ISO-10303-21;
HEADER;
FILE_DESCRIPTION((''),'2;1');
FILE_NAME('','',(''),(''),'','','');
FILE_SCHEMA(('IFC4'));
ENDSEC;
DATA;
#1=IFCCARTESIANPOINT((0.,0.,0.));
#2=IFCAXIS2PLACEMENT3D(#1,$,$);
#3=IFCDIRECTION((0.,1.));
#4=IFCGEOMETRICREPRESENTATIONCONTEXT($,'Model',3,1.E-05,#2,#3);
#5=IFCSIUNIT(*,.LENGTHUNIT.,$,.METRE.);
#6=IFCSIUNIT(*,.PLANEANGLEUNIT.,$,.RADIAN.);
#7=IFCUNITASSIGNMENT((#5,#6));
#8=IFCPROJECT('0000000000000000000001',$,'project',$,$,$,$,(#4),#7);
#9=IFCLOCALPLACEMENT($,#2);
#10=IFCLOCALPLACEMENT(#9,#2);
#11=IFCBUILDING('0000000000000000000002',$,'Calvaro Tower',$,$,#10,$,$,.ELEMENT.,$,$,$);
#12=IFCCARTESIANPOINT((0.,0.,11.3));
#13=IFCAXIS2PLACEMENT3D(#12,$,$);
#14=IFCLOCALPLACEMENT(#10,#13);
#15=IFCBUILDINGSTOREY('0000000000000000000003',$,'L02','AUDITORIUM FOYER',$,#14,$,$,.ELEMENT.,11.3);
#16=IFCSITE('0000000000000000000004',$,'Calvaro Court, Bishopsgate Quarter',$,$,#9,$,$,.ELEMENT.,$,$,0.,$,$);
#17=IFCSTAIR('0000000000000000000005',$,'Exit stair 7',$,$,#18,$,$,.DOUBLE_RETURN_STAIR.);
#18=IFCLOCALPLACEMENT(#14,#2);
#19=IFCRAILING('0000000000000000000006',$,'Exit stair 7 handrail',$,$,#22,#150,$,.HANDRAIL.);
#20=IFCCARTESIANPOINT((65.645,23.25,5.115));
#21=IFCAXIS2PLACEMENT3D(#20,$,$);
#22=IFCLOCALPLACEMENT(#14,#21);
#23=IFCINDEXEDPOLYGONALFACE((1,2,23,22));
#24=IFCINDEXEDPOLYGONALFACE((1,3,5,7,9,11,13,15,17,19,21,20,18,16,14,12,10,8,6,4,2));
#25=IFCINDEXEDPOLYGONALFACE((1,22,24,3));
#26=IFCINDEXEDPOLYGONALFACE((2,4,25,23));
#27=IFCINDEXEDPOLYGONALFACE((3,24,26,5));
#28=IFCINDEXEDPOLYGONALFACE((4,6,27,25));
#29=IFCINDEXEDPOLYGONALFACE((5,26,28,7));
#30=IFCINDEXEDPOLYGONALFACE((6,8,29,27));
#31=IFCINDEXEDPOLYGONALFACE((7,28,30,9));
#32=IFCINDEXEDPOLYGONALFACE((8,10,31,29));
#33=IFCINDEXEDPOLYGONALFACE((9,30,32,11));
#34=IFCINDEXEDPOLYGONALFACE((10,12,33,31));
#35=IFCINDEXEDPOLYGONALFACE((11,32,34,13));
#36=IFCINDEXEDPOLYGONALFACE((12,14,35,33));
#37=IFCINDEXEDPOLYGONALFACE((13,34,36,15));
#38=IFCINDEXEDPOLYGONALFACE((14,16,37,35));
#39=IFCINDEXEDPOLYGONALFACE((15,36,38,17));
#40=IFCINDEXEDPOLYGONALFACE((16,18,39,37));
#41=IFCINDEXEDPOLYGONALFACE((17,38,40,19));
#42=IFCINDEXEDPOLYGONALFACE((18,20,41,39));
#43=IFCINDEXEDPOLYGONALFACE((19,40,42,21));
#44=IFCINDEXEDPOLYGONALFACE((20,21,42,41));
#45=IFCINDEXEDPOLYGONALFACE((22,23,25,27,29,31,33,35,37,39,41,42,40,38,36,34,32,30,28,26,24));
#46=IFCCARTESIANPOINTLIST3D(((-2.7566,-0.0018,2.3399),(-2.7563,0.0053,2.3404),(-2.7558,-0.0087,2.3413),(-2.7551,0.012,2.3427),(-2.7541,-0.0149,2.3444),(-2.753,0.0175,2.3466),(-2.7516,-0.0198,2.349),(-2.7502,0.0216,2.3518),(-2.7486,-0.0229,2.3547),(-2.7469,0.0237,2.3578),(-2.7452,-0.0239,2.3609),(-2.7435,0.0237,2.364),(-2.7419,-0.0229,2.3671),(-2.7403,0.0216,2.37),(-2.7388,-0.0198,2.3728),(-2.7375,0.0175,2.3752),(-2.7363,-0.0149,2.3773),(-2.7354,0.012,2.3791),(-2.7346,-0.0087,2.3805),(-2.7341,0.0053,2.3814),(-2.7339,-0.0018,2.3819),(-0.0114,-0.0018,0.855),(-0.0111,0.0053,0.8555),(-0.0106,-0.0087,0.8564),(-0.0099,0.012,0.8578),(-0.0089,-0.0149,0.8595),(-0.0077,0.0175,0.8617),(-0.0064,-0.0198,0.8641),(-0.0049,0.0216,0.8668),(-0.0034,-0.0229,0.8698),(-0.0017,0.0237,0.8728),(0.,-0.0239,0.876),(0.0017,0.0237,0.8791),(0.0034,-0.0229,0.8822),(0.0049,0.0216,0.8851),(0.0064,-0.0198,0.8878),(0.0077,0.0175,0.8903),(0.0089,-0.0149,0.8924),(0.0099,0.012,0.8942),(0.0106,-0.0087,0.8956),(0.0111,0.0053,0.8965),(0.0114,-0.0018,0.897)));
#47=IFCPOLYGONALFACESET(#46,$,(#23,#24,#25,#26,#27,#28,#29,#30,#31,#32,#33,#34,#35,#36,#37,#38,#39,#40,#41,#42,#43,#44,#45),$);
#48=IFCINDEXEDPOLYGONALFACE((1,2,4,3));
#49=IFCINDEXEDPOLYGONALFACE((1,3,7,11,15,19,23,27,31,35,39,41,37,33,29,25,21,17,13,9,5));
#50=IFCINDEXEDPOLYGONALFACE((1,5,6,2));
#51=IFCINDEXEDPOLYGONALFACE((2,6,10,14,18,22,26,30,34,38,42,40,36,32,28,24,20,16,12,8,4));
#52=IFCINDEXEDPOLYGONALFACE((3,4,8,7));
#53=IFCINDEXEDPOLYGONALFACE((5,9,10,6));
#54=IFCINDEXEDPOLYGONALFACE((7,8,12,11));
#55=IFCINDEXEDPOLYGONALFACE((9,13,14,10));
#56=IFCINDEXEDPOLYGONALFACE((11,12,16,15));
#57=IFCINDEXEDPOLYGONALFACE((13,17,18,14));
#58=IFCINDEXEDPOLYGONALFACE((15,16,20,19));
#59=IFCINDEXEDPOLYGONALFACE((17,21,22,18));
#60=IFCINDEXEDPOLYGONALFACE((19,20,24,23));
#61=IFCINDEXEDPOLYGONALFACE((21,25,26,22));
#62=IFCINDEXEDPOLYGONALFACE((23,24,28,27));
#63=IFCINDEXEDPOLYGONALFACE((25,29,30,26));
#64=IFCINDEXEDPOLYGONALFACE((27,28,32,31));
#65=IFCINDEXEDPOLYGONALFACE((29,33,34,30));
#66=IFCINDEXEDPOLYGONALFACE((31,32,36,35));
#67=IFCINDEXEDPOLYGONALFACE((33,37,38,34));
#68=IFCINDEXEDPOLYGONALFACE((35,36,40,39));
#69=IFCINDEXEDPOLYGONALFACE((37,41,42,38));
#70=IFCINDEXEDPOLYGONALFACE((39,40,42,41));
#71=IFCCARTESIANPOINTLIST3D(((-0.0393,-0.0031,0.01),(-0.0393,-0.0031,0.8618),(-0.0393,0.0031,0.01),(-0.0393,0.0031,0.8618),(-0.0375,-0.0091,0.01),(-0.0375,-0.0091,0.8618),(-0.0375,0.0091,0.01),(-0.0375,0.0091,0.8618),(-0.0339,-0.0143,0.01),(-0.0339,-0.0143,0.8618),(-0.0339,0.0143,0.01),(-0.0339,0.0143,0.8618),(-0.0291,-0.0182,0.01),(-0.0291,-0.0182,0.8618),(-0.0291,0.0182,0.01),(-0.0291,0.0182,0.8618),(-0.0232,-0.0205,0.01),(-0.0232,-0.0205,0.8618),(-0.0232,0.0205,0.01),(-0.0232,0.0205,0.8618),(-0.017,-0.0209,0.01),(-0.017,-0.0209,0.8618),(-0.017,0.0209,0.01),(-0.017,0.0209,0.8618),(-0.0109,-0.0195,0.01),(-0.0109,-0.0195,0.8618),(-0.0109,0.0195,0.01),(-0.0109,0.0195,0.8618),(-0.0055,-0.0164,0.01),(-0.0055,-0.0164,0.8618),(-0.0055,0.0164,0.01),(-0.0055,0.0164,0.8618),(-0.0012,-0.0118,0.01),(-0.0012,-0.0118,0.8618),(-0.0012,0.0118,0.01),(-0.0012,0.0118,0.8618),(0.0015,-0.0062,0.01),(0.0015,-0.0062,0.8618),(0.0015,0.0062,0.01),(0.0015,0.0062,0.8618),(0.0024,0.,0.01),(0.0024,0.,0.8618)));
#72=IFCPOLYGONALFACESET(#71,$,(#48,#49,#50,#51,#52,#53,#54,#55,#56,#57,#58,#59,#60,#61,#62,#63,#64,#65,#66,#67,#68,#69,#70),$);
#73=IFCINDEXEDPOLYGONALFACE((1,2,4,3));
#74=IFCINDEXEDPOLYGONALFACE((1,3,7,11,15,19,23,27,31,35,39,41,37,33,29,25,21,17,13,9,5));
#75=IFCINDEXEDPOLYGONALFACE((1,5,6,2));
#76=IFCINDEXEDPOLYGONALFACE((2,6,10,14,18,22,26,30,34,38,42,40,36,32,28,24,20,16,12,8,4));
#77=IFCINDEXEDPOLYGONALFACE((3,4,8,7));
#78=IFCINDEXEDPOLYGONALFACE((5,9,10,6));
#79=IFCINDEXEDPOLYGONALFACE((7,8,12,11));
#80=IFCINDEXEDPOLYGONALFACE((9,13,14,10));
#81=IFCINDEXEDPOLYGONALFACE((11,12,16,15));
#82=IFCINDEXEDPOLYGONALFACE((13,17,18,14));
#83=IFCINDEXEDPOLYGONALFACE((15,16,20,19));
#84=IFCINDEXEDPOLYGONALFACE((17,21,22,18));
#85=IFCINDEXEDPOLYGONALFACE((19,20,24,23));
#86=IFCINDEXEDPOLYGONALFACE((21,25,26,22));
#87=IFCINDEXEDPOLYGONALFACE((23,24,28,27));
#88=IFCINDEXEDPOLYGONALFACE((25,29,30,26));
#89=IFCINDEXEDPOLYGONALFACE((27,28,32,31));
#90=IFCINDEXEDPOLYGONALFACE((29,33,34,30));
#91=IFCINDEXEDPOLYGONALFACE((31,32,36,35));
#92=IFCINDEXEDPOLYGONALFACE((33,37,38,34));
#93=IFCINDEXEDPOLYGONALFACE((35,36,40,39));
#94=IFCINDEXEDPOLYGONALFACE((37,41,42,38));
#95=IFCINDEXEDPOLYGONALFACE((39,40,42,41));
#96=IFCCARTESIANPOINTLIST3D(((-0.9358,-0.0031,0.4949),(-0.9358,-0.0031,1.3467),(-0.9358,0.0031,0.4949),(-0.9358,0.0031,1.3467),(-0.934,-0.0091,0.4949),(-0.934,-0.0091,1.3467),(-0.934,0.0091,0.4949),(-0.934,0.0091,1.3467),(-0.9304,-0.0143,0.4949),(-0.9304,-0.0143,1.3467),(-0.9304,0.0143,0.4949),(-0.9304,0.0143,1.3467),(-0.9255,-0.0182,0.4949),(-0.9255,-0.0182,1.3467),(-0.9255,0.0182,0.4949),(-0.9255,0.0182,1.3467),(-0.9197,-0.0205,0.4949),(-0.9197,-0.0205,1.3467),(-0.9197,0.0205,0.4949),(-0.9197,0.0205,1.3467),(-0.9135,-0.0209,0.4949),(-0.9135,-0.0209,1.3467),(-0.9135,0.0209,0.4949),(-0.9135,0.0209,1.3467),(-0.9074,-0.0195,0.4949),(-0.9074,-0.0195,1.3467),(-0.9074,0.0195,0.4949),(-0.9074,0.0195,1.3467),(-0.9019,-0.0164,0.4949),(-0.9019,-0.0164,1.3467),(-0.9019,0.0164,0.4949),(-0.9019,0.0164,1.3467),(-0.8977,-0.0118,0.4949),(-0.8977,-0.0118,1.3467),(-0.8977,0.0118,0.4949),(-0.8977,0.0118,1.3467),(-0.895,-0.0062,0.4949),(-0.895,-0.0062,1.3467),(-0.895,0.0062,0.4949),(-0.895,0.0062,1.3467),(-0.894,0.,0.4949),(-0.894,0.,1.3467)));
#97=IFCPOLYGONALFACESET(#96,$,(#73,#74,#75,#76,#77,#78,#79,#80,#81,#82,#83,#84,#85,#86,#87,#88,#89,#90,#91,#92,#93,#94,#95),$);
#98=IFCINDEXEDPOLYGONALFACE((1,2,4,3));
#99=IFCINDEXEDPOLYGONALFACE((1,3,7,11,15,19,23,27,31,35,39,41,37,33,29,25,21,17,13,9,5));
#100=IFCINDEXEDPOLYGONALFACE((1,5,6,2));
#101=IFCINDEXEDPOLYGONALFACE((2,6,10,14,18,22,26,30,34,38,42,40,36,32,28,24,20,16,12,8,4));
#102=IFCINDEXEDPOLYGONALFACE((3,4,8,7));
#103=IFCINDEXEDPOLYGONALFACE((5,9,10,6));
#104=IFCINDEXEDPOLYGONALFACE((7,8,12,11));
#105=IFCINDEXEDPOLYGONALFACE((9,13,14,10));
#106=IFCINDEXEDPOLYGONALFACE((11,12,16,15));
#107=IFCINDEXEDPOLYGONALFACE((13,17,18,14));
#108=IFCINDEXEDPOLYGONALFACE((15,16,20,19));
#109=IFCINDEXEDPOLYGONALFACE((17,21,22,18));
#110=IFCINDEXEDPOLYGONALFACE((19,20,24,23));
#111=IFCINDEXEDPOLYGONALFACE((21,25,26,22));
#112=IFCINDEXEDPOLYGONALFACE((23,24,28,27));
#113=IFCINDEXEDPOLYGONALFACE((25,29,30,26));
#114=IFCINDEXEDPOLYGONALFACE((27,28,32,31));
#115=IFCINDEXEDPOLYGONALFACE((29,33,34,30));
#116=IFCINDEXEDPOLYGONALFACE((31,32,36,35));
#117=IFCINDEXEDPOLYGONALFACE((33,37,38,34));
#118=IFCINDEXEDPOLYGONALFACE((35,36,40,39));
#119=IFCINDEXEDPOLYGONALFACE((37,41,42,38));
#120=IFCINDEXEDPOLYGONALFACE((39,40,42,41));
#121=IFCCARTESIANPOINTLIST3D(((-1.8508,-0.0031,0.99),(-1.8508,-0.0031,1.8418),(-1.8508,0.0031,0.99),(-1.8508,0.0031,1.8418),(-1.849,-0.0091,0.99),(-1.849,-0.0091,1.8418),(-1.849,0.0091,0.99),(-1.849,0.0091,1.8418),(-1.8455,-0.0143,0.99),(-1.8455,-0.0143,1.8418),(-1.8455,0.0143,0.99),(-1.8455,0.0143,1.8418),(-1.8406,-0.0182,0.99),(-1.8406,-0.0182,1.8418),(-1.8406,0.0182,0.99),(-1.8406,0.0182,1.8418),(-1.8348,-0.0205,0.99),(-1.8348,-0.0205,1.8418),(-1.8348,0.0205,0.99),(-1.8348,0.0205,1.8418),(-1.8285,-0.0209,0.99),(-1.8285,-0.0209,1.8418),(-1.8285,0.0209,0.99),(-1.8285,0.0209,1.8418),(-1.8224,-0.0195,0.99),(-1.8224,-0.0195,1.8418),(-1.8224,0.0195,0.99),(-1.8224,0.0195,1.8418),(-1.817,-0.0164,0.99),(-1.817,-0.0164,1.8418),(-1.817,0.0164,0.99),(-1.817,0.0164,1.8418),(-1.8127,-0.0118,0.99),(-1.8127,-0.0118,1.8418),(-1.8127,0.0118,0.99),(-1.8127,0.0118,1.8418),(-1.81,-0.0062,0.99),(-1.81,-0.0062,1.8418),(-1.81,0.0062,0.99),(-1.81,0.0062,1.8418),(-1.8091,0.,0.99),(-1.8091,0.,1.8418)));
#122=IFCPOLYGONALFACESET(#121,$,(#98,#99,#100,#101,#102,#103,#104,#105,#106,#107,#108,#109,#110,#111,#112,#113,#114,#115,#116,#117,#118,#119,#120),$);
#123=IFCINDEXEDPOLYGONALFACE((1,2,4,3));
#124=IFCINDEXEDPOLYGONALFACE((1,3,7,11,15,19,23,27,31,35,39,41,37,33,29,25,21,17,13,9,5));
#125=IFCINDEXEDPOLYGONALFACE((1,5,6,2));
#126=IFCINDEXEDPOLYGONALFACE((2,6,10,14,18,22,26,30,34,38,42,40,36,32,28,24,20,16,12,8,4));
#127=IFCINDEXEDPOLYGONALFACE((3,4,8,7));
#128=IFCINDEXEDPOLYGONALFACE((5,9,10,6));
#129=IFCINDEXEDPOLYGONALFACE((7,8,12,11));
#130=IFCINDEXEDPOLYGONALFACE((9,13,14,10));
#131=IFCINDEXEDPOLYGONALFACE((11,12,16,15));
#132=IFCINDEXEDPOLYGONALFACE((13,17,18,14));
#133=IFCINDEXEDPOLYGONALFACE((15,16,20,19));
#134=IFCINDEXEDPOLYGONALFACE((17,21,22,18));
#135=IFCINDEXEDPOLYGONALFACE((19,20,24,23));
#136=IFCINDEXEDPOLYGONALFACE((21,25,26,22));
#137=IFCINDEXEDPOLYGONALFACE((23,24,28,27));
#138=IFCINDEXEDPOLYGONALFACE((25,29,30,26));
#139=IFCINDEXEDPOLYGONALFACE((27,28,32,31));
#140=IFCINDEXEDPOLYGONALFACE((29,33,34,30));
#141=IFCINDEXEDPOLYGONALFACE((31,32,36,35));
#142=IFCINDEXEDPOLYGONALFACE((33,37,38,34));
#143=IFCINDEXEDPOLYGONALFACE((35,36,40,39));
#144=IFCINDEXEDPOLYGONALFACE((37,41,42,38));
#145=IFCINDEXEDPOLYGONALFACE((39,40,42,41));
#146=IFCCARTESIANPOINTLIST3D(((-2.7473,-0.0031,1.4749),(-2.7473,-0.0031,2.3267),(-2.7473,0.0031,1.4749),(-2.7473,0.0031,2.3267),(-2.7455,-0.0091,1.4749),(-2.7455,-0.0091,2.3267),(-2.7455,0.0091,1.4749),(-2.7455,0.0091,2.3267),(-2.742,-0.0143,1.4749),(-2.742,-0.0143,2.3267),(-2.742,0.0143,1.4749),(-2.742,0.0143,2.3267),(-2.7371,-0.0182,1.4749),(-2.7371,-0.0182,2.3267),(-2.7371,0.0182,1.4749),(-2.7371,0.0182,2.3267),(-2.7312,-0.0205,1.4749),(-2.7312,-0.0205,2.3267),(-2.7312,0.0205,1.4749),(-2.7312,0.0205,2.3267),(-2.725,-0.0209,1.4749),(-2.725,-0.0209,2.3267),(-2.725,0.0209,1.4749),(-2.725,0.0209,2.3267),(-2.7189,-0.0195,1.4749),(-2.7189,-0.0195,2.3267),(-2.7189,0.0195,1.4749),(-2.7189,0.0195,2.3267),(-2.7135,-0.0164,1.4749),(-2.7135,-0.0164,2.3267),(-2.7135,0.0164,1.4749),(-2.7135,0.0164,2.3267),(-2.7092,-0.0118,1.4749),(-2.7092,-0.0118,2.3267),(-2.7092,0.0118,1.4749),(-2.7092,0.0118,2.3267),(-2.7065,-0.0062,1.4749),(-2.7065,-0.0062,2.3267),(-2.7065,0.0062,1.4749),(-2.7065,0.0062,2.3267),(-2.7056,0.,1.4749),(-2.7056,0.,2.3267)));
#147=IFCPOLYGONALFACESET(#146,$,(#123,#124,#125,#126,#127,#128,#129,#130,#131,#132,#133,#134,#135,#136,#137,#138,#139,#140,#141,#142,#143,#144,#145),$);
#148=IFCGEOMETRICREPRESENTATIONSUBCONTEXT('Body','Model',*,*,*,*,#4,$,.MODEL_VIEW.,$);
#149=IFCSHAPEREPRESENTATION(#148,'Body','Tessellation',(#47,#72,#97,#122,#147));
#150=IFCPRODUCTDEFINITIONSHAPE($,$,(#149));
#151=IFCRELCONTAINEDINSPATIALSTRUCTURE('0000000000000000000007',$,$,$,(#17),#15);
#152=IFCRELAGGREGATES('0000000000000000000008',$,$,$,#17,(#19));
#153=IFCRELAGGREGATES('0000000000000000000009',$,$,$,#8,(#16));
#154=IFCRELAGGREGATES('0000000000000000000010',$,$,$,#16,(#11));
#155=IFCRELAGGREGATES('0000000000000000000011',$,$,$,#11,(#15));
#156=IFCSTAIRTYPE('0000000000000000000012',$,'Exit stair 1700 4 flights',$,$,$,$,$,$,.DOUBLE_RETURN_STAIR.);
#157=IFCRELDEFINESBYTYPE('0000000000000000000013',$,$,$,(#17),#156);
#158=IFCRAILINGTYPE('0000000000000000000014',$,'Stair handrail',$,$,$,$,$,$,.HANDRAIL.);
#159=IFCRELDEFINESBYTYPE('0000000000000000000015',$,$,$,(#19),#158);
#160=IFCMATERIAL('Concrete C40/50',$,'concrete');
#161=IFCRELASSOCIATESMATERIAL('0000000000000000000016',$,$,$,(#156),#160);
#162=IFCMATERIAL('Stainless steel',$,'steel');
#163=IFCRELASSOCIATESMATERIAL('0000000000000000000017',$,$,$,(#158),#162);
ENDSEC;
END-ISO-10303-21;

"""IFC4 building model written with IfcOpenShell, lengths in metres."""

from ifc_helpers import new_model, si_unit, direction, frame, origin, origin_2d, place, context, subcontext, project, spatial, circle, extrude, material, type_object, element, aggregate, save


model = new_model("IFC4")

# Units and contexts
model_context = context("Model", 3, precision=1e-05, world=origin(), true_north=direction((0.0, 1.0)))
body_context = subcontext(model_context, "Body", "Model", "MODEL_VIEW")
ifc_project = project(units=[si_unit("LENGTHUNIT", "METRE"), si_unit("PLANEANGLEUNIT", "RADIAN")], contexts=[model_context])

# Site, building, storey
site_placement = place(None, origin())
site = spatial("IfcSite", under=ifc_project, at=site_placement, Name="Calvaro Court, Bishopsgate Quarter", CompositionType="ELEMENT", RefElevation=0.0)
building_placement = place(site_placement, origin())
building = spatial("IfcBuilding", under=site, at=building_placement, Name="Calvaro Tower", CompositionType="ELEMENT")
storey_placement = place(building_placement, frame((0.0, 0.0, 11.3)))
storey = spatial("IfcBuildingStorey", under=building, at=storey_placement, Name="L02", Description="AUDITORIUM FOYER", CompositionType="ELEMENT", Elevation=11.3)

# Stair, railing
ifc_material_1 = material(Name="Concrete C40/50", Category="concrete")
stair_type = type_object("IfcStairType", Name="Exit stair 1700 4 flights", PredefinedType="DOUBLE_RETURN_STAIR", material=ifc_material_1)
stair_placement = place(storey_placement, origin())
stair = element("IfcStair", 1, at=stair_placement, inside=storey, type_object=stair_type, Name="Exit stair 7", PredefinedType="DOUBLE_RETURN_STAIR")
ifc_material_2 = material(Name="Stainless steel", Category="steel")
railing_type = type_object("IfcRailingType", Name="Stair handrail", PredefinedType="HANDRAIL", material=ifc_material_2)
railing_1_placement = place(storey_placement, frame((65.645, 23.25, 5.115)))
railing_1 = element("IfcRailing", 2, at=railing_1_placement, type_object=railing_type, Name="Exit stair 7 handrail", PredefinedType="HANDRAIL", context=body_context, shape_type="SweptSolid", body=[
    extrude(circle(Radius=0.0239, at=origin_2d()), frame((0.0, 0.0, 0.876), z_axis=(-0.87957, 0.0, 0.475769), x_axis=(0.0, -1.0, 0.0)), (0.0, 0.0, 1.0), 3.1211),
    extrude(circle(Radius=0.021, at=origin_2d()), frame((-0.0186, 0.0, 0.01)), (0.0, 0.0, 1.0), 0.8518),
    extrude(circle(Radius=0.021, at=origin_2d()), frame((-0.915, 0.0, 0.4949)), (0.0, 0.0, 1.0), 0.8518),
    extrude(circle(Radius=0.021, at=origin_2d()), frame((-1.8301, 0.0, 0.99)), (0.0, 0.0, 1.0), 0.8518),
    extrude(circle(Radius=0.021, at=origin_2d()), frame((-2.7266, 0.0, 1.4749)), (0.0, 0.0, 1.0), 0.8518),
])
aggregate(stair, [railing_1])

save(model, "model.ifc")
